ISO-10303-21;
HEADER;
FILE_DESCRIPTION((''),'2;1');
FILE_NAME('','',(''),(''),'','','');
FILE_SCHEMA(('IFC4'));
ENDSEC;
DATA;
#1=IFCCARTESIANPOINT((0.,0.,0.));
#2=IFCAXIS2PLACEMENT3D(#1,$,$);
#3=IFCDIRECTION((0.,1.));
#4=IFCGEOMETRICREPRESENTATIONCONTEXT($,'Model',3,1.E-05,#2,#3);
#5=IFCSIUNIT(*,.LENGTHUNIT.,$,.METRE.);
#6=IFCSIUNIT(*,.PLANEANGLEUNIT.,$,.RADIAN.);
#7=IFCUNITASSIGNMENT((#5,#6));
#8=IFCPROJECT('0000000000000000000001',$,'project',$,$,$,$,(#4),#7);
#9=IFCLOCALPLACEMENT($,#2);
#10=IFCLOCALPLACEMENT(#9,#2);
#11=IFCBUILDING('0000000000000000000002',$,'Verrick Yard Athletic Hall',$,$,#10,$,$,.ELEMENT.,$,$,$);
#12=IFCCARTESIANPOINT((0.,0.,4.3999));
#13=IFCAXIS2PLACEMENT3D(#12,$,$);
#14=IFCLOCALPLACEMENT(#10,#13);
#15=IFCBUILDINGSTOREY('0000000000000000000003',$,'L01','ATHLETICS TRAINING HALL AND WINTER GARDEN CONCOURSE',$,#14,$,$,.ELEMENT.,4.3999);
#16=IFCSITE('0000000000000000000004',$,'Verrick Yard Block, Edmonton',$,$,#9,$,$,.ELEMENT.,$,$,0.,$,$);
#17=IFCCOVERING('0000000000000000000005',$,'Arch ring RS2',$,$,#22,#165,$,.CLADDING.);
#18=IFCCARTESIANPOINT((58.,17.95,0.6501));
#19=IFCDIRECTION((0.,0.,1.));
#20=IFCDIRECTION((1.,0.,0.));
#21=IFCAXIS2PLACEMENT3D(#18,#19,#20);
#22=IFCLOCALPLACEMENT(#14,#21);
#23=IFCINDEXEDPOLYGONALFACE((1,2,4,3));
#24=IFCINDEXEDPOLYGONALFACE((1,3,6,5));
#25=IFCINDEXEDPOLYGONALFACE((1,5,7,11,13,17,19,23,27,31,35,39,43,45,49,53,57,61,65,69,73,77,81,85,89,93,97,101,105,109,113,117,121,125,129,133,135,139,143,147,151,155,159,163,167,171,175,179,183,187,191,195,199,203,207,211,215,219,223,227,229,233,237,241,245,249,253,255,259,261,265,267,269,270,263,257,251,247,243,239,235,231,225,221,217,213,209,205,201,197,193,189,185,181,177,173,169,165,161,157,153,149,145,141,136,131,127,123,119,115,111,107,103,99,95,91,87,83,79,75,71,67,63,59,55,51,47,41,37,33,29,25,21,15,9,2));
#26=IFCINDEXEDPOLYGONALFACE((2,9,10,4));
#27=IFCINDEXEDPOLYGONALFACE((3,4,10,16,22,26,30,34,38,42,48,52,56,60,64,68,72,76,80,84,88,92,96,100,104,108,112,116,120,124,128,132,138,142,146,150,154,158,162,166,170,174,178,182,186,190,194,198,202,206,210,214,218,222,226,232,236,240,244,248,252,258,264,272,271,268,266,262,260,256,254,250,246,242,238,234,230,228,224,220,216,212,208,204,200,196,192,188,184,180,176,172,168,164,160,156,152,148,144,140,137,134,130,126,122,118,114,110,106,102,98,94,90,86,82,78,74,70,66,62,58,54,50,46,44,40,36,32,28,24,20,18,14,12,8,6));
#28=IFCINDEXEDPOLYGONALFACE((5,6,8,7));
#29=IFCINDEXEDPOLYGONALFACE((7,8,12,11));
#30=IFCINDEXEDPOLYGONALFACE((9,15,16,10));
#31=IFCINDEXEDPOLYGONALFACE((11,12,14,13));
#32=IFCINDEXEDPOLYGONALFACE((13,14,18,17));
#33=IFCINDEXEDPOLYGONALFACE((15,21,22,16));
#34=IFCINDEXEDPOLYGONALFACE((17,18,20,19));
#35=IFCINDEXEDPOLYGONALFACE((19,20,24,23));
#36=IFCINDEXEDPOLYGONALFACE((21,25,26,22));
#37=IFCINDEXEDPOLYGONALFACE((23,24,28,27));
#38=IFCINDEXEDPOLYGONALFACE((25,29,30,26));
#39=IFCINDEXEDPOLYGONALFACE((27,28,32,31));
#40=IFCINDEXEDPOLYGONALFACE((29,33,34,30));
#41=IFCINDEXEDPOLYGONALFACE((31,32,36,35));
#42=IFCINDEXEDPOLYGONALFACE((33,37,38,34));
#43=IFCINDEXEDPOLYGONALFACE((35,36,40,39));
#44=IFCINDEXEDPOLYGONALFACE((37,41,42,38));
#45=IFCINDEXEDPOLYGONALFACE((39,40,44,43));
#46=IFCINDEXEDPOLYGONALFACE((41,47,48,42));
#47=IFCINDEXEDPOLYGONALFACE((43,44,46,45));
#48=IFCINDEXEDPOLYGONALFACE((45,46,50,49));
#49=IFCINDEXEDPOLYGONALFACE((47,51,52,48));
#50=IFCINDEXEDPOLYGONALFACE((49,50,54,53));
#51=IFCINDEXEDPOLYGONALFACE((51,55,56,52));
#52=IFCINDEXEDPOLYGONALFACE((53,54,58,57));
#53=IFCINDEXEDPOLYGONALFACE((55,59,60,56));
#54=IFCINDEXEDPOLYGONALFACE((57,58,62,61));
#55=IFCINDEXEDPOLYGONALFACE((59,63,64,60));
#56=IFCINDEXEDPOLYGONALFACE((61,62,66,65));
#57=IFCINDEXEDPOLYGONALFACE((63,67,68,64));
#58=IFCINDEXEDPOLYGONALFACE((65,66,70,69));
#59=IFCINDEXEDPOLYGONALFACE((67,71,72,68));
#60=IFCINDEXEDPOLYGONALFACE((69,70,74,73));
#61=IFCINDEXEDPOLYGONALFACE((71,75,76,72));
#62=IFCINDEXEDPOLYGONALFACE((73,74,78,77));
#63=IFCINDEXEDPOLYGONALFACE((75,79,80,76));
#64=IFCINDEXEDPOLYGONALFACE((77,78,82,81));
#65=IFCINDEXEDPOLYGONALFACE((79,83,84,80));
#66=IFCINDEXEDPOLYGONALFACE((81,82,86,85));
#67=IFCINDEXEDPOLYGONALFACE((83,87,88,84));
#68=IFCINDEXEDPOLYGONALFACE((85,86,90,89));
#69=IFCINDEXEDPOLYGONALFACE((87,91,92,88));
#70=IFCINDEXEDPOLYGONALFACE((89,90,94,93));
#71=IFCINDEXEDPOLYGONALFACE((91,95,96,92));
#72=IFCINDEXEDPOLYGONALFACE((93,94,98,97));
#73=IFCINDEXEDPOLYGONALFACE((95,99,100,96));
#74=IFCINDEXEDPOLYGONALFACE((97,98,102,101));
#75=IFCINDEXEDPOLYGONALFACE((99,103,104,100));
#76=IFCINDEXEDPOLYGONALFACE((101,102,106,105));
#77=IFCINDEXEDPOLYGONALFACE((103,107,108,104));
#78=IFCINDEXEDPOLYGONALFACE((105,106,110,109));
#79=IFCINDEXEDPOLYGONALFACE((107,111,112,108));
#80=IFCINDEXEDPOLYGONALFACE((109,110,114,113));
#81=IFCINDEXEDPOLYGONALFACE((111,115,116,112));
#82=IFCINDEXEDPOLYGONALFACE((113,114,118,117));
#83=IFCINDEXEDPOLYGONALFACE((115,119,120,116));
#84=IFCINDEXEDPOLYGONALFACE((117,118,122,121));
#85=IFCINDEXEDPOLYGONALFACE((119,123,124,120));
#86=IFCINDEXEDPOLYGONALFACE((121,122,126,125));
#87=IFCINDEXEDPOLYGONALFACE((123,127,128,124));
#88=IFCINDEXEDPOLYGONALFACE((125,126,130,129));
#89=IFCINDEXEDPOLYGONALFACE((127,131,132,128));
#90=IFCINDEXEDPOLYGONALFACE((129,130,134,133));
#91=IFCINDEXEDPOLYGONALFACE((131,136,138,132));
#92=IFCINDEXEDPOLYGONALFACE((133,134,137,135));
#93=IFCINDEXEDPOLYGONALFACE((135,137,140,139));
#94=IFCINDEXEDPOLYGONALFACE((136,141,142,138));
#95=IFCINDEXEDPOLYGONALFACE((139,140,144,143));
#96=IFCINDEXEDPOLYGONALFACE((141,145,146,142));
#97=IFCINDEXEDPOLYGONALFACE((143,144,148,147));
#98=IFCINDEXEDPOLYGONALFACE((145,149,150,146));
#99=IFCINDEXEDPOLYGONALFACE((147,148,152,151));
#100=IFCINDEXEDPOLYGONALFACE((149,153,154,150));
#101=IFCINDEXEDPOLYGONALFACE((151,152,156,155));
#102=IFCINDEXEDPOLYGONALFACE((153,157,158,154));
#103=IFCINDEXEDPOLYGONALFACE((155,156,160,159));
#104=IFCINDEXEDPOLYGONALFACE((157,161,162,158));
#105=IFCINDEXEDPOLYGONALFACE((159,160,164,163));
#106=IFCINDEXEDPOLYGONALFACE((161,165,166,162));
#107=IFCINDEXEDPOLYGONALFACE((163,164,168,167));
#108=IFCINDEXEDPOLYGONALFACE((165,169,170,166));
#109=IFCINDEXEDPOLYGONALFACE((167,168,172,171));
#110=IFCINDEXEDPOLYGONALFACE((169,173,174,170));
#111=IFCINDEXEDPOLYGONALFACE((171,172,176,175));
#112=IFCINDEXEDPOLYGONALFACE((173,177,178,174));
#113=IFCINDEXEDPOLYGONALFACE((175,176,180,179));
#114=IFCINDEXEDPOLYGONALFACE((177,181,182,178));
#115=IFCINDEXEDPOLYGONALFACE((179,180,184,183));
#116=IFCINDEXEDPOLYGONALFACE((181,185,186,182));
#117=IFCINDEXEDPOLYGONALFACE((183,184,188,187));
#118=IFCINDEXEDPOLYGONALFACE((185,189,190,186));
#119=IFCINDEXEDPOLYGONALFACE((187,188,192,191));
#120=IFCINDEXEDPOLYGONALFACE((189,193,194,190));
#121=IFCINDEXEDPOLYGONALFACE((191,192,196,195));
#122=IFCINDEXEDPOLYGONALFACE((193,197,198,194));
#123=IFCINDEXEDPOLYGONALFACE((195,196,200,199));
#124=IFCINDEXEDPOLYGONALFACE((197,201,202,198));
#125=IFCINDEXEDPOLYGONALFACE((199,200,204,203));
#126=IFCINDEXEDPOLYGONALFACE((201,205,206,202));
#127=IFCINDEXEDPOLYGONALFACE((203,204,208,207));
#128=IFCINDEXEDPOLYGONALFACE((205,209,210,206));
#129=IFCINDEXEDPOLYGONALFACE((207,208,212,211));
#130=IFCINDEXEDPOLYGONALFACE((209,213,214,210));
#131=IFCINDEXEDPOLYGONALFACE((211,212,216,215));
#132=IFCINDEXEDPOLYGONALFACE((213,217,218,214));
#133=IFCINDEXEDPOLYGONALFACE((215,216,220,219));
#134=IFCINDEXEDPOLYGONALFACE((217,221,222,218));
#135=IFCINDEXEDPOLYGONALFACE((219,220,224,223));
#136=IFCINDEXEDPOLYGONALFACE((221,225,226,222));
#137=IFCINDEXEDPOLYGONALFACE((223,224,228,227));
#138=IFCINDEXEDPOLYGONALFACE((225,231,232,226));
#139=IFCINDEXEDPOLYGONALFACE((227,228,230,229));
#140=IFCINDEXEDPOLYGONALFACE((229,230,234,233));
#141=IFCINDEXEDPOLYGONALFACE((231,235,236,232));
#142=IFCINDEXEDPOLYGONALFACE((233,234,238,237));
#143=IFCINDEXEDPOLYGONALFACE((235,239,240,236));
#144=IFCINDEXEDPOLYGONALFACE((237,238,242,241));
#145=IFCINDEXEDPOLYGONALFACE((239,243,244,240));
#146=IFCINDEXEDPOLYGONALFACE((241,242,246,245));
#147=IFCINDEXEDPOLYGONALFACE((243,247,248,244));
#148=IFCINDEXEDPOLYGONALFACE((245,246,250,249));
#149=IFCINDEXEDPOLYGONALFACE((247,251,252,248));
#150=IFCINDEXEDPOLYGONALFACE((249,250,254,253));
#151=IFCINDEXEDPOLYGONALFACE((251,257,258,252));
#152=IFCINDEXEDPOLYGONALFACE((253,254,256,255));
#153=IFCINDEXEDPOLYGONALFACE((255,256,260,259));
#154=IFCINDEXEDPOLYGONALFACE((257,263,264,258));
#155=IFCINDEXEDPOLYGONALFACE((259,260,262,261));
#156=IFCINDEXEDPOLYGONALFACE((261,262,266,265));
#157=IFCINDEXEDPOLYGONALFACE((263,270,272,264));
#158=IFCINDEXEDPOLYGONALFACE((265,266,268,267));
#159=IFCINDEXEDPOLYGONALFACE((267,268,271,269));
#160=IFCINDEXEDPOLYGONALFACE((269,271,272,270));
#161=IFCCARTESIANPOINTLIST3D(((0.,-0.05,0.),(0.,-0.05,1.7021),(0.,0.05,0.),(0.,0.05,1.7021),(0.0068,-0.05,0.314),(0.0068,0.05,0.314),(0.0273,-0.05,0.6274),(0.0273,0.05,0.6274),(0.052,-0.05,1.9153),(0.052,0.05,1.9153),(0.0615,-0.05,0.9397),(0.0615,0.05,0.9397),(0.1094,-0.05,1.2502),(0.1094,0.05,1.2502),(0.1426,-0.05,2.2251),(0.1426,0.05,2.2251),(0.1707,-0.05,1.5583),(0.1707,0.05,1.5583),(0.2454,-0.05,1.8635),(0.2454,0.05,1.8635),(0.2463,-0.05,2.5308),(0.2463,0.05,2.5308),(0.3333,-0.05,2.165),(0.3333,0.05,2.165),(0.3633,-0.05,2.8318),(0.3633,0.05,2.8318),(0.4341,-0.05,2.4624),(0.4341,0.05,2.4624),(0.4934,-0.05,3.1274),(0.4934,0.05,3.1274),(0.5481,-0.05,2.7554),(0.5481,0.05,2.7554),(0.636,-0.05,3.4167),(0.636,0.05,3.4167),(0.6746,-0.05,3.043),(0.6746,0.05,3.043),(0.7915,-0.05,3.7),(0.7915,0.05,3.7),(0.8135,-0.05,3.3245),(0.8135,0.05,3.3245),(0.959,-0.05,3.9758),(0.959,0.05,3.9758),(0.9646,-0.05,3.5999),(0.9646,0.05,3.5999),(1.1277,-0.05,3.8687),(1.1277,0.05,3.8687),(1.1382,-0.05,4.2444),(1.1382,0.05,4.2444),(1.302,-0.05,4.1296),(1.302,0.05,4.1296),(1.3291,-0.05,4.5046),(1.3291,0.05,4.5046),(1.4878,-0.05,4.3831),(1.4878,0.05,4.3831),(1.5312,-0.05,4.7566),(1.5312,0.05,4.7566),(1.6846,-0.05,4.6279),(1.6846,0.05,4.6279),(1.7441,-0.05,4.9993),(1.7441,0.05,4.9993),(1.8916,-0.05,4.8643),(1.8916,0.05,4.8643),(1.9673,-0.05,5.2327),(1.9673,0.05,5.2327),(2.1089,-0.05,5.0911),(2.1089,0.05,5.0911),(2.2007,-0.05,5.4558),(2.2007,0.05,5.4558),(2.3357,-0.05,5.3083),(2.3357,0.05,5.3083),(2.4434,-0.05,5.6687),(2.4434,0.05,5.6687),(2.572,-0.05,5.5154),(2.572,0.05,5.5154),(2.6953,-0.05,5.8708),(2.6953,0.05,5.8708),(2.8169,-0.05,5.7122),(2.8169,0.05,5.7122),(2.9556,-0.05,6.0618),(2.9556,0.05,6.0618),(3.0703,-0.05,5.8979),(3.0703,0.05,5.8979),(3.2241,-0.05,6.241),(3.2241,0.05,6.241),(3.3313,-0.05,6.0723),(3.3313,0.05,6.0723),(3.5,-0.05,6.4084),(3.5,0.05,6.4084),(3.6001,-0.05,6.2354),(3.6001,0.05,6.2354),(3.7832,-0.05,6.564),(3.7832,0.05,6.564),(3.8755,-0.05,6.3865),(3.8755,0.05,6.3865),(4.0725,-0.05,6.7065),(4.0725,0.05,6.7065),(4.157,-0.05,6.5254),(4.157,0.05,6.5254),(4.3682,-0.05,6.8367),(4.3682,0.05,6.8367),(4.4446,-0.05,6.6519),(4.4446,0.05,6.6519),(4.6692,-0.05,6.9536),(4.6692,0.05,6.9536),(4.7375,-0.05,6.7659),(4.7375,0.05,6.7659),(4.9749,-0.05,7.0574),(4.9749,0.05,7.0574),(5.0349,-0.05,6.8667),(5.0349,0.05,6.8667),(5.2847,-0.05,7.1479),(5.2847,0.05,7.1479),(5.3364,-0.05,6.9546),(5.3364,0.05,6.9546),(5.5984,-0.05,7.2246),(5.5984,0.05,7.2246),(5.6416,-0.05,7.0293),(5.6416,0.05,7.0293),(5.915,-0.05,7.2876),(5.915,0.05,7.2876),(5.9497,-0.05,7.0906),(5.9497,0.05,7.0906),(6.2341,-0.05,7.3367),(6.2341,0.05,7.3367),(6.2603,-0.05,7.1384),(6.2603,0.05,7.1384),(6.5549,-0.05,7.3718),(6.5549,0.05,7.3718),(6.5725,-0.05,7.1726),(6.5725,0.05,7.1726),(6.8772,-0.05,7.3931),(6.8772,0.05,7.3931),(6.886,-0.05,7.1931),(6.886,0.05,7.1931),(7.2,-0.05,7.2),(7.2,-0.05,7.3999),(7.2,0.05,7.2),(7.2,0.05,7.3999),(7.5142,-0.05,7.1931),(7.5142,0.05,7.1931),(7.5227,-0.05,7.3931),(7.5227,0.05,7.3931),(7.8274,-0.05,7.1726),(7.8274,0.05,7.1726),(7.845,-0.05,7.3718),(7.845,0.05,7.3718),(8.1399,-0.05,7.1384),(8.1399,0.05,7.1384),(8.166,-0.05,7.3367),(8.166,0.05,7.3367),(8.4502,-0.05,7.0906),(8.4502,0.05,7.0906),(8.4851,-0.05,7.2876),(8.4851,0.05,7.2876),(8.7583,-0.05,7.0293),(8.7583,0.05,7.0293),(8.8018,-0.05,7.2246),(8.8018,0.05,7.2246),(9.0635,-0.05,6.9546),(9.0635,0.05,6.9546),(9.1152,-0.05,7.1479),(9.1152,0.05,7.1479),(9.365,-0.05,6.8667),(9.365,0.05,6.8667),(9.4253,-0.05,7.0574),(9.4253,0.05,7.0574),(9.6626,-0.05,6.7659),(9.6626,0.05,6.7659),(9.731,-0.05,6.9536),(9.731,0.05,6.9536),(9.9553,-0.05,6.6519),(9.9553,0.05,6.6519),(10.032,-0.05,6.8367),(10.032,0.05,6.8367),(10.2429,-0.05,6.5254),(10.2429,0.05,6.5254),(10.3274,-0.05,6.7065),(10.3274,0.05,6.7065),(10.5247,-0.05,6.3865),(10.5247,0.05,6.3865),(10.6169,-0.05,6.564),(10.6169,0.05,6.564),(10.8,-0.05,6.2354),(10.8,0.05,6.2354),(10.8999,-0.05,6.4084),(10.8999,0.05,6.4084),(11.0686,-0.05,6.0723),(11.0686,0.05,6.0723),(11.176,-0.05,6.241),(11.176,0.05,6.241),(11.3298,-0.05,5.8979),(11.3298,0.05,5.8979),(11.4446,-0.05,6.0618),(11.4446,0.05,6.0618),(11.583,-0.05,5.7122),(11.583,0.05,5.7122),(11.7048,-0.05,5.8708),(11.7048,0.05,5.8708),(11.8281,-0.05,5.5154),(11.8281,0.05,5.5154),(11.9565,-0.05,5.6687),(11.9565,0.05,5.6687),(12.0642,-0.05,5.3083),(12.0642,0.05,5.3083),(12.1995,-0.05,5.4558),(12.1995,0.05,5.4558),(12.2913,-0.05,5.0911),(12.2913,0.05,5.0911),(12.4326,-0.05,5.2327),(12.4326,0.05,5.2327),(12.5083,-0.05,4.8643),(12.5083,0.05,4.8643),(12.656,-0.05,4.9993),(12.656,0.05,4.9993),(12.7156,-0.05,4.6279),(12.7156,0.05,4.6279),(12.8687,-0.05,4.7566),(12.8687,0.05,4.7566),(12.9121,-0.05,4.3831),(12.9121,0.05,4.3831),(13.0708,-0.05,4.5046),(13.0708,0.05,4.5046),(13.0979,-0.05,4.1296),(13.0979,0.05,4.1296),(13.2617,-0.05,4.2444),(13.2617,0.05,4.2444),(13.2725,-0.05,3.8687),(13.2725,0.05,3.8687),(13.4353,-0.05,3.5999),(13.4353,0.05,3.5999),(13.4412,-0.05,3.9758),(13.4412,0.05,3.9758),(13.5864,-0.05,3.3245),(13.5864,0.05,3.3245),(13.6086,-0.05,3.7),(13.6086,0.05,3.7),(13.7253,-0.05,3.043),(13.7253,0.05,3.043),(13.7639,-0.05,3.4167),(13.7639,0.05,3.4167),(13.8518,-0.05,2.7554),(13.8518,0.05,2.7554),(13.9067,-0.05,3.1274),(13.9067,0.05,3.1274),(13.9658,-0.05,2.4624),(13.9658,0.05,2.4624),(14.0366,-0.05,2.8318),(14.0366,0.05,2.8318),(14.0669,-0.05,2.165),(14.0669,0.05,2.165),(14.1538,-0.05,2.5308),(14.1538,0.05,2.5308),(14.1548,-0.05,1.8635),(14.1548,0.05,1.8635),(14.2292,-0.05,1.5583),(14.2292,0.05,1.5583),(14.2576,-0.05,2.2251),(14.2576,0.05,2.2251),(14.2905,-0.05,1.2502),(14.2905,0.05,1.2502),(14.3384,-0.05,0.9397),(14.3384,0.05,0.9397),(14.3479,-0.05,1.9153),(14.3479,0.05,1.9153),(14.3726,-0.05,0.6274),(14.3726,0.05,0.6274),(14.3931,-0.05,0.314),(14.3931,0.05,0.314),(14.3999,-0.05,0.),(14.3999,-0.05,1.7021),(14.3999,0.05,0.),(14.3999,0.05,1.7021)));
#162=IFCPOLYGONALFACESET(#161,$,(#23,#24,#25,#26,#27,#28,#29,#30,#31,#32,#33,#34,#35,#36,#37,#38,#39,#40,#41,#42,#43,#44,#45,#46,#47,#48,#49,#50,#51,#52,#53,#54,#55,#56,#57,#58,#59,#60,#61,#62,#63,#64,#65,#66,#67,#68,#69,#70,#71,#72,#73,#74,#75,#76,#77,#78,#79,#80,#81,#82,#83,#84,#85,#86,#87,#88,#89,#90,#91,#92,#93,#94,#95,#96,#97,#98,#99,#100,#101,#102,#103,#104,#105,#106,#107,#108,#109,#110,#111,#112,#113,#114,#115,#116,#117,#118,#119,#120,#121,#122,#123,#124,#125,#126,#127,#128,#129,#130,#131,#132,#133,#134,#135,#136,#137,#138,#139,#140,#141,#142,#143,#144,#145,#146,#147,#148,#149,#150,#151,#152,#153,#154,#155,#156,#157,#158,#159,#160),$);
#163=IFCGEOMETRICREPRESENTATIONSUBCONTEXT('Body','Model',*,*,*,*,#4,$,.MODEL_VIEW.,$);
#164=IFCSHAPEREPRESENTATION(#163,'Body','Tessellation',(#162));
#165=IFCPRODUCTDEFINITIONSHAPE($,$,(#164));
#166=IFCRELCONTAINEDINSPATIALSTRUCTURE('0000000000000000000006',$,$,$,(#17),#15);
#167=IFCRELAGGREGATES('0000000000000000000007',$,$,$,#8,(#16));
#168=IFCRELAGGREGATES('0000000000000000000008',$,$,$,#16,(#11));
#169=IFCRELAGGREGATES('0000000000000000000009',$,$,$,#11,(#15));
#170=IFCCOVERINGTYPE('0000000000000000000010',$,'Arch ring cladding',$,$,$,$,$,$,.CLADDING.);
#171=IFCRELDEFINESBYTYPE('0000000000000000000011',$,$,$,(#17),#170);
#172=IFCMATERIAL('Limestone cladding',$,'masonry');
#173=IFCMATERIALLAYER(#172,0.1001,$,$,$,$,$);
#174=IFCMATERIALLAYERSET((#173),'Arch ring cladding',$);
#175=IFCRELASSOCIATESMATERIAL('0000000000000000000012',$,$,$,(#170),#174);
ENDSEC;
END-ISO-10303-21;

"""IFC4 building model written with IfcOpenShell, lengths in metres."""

from ifc_helpers import new_model, si_unit, direction, frame, origin, place, context, subcontext, project, spatial, polyline, outline, extrude, material, layer, layer_set, type_object, element, save


model = new_model("IFC4")

# Units and contexts
model_context = context("Model", 3, precision=1e-05, world=origin(), true_north=direction((0.0, 1.0)))
body_context = subcontext(model_context, "Body", "Model", "MODEL_VIEW")
ifc_project = project(units=[si_unit("LENGTHUNIT", "METRE"), si_unit("PLANEANGLEUNIT", "RADIAN")], contexts=[model_context])

# Site, building, storey
site_placement = place(None, origin())
site = spatial("IfcSite", under=ifc_project, at=site_placement, Name="Verrick Yard Block, Edmonton", CompositionType="ELEMENT", RefElevation=0.0)
building_placement = place(site_placement, origin())
building = spatial("IfcBuilding", under=site, at=building_placement, Name="Verrick Yard Athletic Hall", CompositionType="ELEMENT")
storey_placement = place(building_placement, frame((0.0, 0.0, 4.3999)))
storey = spatial("IfcBuildingStorey", under=building, at=storey_placement, Name="L01", Description="ATHLETICS TRAINING HALL AND WINTER GARDEN CONCOURSE", CompositionType="ELEMENT", Elevation=4.3999)

# Covering
ifc_material_1 = material(Name="Limestone cladding", Category="masonry")
ifc_layer_1 = layer(ifc_material_1, 0.1001)
ifc_layer_set_1 = layer_set([ifc_layer_1], Name="Arch ring cladding")
covering_type_1 = type_object("IfcCoveringType", Name="Arch ring cladding", PredefinedType="CLADDING", material=ifc_layer_set_1)
covering_1_placement = place(storey_placement, frame((58.0, 17.95, 0.6501), z_axis=(0.0, 0.0, 1.0), x_axis=(1.0, 0.0, 0.0)))
element("IfcCovering", 1, at=covering_1_placement, inside=storey, type_object=covering_type_1, Name="Arch ring RS2", PredefinedType="CLADDING", context=body_context, shape_type="SweptSolid", body=[
    extrude(outline(polyline([(0.0, 1.7021), (0.0, 0.0), (0.0068, 0.314), (0.0273, 0.6274), (0.0615, 0.9397), (0.1094, 1.2502), (0.1707, 1.5583), (0.2454, 1.8635), (0.3333, 2.165), (0.4341, 2.4624), (0.5481, 2.7554), (0.6746, 3.043), (0.8135, 3.3245), (0.9646, 3.5999), (1.1277, 3.8687), (1.302, 4.1296), (1.4878, 4.3831), (1.6846, 4.6279), (1.8916, 4.8643), (2.1089, 5.0911), (2.3357, 5.3083), (2.572, 5.5154), (2.8169, 5.7122), (3.0703, 5.8979), (3.3313, 6.0723), (3.6001, 6.2354), (3.8755, 6.3865), (4.157, 6.5254), (4.4446, 6.6519), (4.7375, 6.7659), (5.0349, 6.8667), (5.3364, 6.9546), (5.6416, 7.0293), (5.9497, 7.0906), (6.2603, 7.1384), (6.5725, 7.1726), (6.886, 7.1931), (7.2, 7.2), (7.5142, 7.1931), (7.8274, 7.1726), (8.1399, 7.1384), (8.4502, 7.0906), (8.7583, 7.0293), (9.0635, 6.9546), (9.365, 6.8667), (9.6626, 6.7659), (9.9553, 6.6519), (10.2429, 6.5254), (10.5247, 6.3865), (10.8, 6.2354), (11.0686, 6.0723), (11.3298, 5.8979), (11.583, 5.7122), (11.8281, 5.5154), (12.0642, 5.3083), (12.2913, 5.0911), (12.5083, 4.8643), (12.7156, 4.6279), (12.9121, 4.3831), (13.0979, 4.1296), (13.2725, 3.8687), (13.4353, 3.5999), (13.5864, 3.3245), (13.7253, 3.043), (13.8518, 2.7554), (13.9658, 2.4624), (14.0669, 2.165), (14.1548, 1.8635), (14.2292, 1.5583), (14.2905, 1.2502), (14.3384, 0.9397), (14.3726, 0.6274), (14.3931, 0.314), (14.3999, 0.0), (14.3999, 1.7021), (14.3479, 1.9153), (14.2576, 2.2251), (14.1538, 2.5308), (14.0366, 2.8318), (13.9067, 3.1274), (13.7639, 3.4167), (13.6086, 3.7), (13.4412, 3.9758), (13.2617, 4.2444), (13.0708, 4.5046), (12.8687, 4.7566), (12.656, 4.9993), (12.4326, 5.2327), (12.1995, 5.4558), (11.9565, 5.6687), (11.7048, 5.8708), (11.4446, 6.0618), (11.176, 6.241), (10.8999, 6.4084), (10.6169, 6.564), (10.3274, 6.7065), (10.032, 6.8367), (9.731, 6.9536), (9.4253, 7.0574), (9.1152, 7.1479), (8.8018, 7.2246), (8.4851, 7.2876), (8.166, 7.3367), (7.845, 7.3718), (7.5227, 7.3931), (7.2, 7.3999), (6.8772, 7.3931), (6.5549, 7.3718), (6.2341, 7.3367), (5.915, 7.2876), (5.5984, 7.2246), (5.2847, 7.1479), (4.9749, 7.0574), (4.6692, 6.9536), (4.3682, 6.8367), (4.0725, 6.7065), (3.7832, 6.564), (3.5, 6.4084), (3.2241, 6.241), (2.9556, 6.0618), (2.6953, 5.8708), (2.4434, 5.6687), (2.2007, 5.4558), (1.9673, 5.2327), (1.7441, 4.9993), (1.5312, 4.7566), (1.3291, 4.5046), (1.1382, 4.2444), (0.959, 3.9758), (0.7915, 3.7), (0.636, 3.4167), (0.4934, 3.1274), (0.3633, 2.8318), (0.2463, 2.5308), (0.1426, 2.2251), (0.052, 1.9153), (0.0, 1.7021)])), frame((0.0, 0.05, 0.0), z_axis=(0.0, -1.0, 0.0), x_axis=(1.0, 0.0, 0.0)), (0.0, 0.0, 1.0), 0.1001),
])

save(model, "model.ifc")
